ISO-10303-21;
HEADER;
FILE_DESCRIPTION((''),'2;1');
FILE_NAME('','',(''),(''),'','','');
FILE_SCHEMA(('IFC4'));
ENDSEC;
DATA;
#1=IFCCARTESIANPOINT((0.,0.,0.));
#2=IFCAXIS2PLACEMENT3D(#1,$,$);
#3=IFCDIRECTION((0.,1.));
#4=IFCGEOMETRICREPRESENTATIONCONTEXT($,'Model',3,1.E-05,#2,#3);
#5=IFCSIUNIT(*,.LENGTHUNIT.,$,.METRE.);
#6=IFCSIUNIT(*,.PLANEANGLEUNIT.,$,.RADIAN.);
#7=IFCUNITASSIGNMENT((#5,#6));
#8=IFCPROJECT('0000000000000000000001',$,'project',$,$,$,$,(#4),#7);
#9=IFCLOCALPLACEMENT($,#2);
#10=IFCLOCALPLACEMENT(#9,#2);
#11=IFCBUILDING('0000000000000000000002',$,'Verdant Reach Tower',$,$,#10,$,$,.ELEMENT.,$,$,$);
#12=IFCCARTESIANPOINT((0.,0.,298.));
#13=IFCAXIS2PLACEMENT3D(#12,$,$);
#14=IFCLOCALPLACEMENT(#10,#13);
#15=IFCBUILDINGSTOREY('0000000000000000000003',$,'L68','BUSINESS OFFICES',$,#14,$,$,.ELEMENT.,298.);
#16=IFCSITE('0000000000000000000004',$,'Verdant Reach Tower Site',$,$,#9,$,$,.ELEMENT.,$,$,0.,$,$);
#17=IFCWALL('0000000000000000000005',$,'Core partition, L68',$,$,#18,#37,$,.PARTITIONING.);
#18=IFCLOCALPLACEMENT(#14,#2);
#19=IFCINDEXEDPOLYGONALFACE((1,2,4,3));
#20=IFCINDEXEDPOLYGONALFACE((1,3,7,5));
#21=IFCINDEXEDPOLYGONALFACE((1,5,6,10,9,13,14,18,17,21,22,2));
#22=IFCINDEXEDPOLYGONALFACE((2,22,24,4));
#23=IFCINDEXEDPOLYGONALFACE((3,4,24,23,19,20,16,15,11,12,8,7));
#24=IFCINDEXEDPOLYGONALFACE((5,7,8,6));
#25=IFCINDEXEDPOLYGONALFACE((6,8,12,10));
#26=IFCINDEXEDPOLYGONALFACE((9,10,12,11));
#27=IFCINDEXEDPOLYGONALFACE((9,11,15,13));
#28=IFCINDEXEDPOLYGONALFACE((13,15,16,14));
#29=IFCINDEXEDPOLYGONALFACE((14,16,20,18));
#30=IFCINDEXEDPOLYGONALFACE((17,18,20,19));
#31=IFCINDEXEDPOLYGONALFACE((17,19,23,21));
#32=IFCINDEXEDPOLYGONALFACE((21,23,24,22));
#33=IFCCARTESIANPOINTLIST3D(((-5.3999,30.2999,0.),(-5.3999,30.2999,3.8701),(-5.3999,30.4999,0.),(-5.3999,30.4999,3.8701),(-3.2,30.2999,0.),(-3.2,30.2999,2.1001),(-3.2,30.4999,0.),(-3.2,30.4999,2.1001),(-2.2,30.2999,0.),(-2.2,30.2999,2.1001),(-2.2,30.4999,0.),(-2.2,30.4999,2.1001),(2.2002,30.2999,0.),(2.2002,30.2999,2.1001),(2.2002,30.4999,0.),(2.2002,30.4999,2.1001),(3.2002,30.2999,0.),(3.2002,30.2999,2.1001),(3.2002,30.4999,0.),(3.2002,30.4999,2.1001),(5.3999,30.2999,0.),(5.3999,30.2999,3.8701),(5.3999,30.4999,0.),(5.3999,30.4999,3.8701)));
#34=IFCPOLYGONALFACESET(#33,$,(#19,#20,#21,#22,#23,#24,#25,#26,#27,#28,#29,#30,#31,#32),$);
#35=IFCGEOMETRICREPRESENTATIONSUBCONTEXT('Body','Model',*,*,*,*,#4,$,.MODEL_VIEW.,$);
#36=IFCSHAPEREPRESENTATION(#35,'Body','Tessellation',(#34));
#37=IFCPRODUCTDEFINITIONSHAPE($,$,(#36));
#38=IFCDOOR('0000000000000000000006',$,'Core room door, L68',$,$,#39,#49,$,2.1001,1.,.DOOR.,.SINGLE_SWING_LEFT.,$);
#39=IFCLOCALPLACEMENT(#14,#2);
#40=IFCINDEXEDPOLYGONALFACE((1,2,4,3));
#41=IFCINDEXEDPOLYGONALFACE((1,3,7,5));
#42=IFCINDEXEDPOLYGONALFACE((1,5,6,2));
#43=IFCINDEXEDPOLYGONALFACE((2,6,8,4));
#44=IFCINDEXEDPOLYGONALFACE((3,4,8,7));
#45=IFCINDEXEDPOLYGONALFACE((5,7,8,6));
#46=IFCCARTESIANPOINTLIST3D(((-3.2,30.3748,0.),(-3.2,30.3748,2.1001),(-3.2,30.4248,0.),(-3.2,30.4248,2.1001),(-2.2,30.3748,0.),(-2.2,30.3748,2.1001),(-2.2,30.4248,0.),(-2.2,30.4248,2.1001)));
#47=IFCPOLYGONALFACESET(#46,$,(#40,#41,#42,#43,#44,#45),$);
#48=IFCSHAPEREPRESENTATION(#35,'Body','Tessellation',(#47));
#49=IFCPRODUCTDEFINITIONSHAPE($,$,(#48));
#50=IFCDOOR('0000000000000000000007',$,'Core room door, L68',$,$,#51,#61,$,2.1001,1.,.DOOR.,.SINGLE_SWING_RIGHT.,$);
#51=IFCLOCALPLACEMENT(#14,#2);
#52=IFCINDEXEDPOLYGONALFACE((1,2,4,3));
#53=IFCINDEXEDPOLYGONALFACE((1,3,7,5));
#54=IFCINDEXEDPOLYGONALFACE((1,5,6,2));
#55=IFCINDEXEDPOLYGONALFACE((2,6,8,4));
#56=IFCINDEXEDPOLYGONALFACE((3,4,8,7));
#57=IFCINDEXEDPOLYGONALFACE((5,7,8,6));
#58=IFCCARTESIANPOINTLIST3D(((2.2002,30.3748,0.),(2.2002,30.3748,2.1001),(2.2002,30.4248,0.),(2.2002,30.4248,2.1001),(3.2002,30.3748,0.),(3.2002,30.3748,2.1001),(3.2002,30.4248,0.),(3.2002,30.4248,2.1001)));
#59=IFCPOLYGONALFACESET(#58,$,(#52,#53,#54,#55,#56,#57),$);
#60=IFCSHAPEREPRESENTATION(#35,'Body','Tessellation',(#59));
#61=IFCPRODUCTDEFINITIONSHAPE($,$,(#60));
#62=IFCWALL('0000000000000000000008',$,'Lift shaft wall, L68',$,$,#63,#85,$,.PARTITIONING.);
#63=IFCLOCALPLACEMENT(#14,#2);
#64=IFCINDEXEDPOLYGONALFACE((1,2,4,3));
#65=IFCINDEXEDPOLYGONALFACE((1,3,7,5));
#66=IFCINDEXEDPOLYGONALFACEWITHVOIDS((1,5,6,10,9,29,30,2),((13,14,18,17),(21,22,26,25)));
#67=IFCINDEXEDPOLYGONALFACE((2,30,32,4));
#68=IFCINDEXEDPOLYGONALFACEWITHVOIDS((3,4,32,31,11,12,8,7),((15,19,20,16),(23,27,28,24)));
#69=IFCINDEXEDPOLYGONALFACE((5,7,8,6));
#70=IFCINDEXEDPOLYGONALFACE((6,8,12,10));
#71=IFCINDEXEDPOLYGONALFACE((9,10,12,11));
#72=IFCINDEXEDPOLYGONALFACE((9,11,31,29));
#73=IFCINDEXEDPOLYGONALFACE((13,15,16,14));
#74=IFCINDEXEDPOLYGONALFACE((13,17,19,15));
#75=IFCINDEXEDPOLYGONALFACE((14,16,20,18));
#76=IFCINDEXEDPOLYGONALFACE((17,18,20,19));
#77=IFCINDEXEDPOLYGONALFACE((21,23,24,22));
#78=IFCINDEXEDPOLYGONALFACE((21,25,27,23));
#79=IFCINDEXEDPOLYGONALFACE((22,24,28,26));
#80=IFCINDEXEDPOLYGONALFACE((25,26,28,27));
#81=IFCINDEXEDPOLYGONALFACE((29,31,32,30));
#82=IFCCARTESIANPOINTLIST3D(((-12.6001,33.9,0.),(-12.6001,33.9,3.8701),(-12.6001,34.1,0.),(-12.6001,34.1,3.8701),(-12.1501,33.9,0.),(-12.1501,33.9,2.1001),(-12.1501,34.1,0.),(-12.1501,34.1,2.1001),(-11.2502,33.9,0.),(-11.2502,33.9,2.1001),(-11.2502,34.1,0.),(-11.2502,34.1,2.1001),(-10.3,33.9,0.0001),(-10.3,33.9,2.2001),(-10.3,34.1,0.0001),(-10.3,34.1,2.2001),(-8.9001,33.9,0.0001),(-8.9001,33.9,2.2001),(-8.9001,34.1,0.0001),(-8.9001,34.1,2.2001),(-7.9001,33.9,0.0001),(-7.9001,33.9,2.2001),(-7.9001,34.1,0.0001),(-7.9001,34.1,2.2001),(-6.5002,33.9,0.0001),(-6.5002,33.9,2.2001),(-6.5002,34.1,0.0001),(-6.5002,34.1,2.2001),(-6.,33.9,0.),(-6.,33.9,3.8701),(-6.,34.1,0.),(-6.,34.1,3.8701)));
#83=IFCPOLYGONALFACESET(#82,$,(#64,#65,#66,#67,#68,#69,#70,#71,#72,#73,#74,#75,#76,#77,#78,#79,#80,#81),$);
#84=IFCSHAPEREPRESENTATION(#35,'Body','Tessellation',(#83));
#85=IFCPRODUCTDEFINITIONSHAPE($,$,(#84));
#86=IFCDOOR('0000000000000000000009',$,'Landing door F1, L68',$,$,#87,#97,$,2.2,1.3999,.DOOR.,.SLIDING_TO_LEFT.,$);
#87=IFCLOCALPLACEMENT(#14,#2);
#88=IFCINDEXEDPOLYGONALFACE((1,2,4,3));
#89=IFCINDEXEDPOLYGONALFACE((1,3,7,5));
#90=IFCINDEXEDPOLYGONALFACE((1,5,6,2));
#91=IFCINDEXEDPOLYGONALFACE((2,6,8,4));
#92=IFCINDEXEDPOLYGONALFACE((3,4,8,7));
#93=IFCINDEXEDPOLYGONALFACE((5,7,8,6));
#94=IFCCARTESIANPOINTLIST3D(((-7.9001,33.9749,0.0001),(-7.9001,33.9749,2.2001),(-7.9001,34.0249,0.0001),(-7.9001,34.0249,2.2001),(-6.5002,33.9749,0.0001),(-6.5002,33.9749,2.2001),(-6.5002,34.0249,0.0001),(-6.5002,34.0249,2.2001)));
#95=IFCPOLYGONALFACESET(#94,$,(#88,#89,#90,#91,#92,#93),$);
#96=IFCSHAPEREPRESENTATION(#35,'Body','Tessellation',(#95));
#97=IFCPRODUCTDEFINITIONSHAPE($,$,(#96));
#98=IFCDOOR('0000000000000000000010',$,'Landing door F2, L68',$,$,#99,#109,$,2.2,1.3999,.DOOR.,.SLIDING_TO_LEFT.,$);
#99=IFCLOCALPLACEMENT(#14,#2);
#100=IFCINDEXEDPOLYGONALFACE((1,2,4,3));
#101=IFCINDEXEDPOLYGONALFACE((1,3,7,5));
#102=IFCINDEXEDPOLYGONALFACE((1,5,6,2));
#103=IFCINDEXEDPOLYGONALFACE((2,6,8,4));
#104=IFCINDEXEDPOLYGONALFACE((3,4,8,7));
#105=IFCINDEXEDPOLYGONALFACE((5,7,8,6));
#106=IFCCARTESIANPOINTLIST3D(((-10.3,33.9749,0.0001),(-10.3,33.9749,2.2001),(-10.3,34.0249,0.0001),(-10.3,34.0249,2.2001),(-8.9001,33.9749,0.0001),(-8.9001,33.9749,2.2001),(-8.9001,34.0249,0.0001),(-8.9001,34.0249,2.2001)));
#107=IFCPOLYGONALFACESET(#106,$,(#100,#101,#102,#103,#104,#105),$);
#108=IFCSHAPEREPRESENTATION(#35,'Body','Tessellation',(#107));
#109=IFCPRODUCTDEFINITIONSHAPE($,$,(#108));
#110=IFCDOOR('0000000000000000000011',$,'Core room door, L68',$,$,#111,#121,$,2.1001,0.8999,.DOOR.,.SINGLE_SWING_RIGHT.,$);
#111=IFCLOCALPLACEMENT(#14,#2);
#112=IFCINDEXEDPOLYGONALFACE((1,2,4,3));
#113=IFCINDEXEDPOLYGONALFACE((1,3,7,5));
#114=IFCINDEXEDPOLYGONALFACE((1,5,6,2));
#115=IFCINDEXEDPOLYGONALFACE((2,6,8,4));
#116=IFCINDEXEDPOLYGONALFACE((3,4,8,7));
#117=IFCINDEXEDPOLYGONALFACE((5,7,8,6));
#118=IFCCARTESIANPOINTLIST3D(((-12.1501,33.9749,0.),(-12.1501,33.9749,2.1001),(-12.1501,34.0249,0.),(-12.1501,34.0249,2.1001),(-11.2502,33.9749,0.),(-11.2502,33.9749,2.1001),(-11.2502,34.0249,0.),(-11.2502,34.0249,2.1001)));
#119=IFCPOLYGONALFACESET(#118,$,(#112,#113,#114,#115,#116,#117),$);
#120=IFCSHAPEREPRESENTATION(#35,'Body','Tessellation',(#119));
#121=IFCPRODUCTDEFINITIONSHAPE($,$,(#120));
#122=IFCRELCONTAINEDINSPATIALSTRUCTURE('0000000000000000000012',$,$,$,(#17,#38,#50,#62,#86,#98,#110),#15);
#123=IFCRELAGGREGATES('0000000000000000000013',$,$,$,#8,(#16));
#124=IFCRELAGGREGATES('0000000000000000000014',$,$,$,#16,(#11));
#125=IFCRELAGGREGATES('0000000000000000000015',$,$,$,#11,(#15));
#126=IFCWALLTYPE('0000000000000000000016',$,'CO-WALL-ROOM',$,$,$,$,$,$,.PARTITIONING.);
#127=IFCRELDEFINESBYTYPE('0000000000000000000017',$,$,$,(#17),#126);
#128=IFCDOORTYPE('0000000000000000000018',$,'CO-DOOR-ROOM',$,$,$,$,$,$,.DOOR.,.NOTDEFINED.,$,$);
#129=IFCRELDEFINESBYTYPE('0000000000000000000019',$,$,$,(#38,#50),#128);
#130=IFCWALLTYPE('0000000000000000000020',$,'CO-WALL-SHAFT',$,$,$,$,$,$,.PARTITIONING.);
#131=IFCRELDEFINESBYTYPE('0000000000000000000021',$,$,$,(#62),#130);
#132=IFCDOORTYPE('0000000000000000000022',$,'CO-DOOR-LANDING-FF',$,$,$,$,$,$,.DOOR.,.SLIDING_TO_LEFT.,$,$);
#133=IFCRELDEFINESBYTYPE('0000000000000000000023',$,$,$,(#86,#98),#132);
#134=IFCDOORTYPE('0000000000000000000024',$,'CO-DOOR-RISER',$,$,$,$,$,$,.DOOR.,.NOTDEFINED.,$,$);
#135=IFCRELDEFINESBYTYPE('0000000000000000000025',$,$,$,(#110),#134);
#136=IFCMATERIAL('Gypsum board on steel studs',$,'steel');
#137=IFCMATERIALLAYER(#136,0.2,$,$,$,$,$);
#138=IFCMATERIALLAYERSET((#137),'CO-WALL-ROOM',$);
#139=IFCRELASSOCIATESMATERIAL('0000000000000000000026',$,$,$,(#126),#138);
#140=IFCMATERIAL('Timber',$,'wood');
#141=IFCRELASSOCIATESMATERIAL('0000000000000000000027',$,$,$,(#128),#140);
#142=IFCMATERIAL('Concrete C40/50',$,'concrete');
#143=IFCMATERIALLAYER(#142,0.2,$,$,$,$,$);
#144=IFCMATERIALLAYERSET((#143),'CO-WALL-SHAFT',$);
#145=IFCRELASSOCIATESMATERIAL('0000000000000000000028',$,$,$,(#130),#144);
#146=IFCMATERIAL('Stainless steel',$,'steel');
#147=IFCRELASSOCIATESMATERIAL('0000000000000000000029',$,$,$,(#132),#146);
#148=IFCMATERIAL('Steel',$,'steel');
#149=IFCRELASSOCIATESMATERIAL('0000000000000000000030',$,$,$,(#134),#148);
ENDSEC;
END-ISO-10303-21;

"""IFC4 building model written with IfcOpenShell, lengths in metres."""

from ifc_helpers import new_model, si_unit, direction, frame, frame_2d, origin, place, context, subcontext, project, spatial, rectangle, extrude, material, layer, layer_set, type_object, element, fill, save


model = new_model("IFC4")

# Units and contexts
model_context = context("Model", 3, precision=1e-05, world=origin(), true_north=direction((0.0, 1.0)))
body_context = subcontext(model_context, "Body", "Model", "MODEL_VIEW")
ifc_project = project(units=[si_unit("LENGTHUNIT", "METRE"), si_unit("PLANEANGLEUNIT", "RADIAN")], contexts=[model_context])

# Site, building, storey
site_placement = place(None, origin())
site = spatial("IfcSite", under=ifc_project, at=site_placement, Name="Verdant Reach Tower Site", CompositionType="ELEMENT", RefElevation=0.0)
building_placement = place(site_placement, origin())
building = spatial("IfcBuilding", under=site, at=building_placement, Name="Verdant Reach Tower", CompositionType="ELEMENT")
storey_placement = place(building_placement, frame((0.0, 0.0, 298.0)))
storey = spatial("IfcBuildingStorey", under=building, at=storey_placement, Name="L68", Description="BUSINESS OFFICES", CompositionType="ELEMENT", Elevation=298.0)

# Walls, openings, doors
ifc_material_1 = material(Name="Gypsum board on steel studs", Category="steel")
ifc_layer_1 = layer(ifc_material_1, 0.2)
ifc_layer_set_1 = layer_set([ifc_layer_1], Name="CO-WALL-ROOM")
wall_type_1 = type_object("IfcWallType", Name="CO-WALL-ROOM", PredefinedType="PARTITIONING", material=ifc_layer_set_1)
wall_1_placement = place(storey_placement, frame((-5.3999, 30.3999, 0.0), z_axis=(0.0, 0.0, 1.0), x_axis=(1.0, 0.0, 0.0)))
wall_1 = element("IfcWall", 1, at=wall_1_placement, inside=storey, type_object=wall_type_1, Name="Core partition, L68", PredefinedType="PARTITIONING", context=body_context, shape_type="SweptSolid", body=[
    extrude(rectangle(XDim=10.7998, YDim=0.2, at=frame_2d((5.3999, 0.0))), origin(), (0.0, 0.0, 1.0), 3.8701),
])
opening_1_placement = place(wall_1_placement, frame((2.2, 0.0, 0.0)))
opening_1 = element("IfcOpeningElement", 2, at=opening_1_placement, cuts=wall_1, PredefinedType="OPENING", context=body_context, shape_type="SweptSolid", body=[
    extrude(rectangle(XDim=1.0, YDim=2.1001, at=frame_2d((0.5, 1.05))), frame((0.0, 0.1099, 0.0), z_axis=(0.0, -1.0, 0.0), x_axis=(1.0, 0.0, 0.0)), (0.0, 0.0, 1.0), 0.22),
])
opening_2_placement = place(wall_1_placement, frame((7.6001, 0.0, 0.0)))
opening_2 = element("IfcOpeningElement", 3, at=opening_2_placement, cuts=wall_1, PredefinedType="OPENING", context=body_context, shape_type="SweptSolid", body=[
    extrude(rectangle(XDim=1.0, YDim=2.1001, at=frame_2d((0.5, 1.05))), frame((0.0, 0.1099, 0.0), z_axis=(0.0, -1.0, 0.0), x_axis=(1.0, 0.0, 0.0)), (0.0, 0.0, 1.0), 0.22),
])
ifc_material_2 = material(Name="Timber", Category="wood")
door_type_1 = type_object("IfcDoorType", Name="CO-DOOR-ROOM", OperationType="NOTDEFINED", PredefinedType="DOOR", material=ifc_material_2)
door_1_placement = place(opening_1_placement, origin())
door_1 = element("IfcDoor", 4, at=door_1_placement, inside=storey, type_object=door_type_1, Name="Core room door, L68", OperationType="SINGLE_SWING_LEFT", OverallHeight=2.1001, OverallWidth=1.0, PredefinedType="DOOR", context=body_context, shape_type="SweptSolid", body=[
    extrude(rectangle(XDim=1.0, YDim=2.1001, at=frame_2d((0.5, 1.05))), frame((0.0, 0.0249, 0.0), z_axis=(0.0, -1.0, 0.0), x_axis=(1.0, 0.0, 0.0)), (0.0, 0.0, 1.0), 0.05),
])
fill(opening_1, door_1)
door_2_placement = place(opening_2_placement, origin())
door_2 = element("IfcDoor", 5, at=door_2_placement, inside=storey, type_object=door_type_1, Name="Core room door, L68", OperationType="SINGLE_SWING_RIGHT", OverallHeight=2.1001, OverallWidth=1.0, PredefinedType="DOOR", context=body_context, shape_type="SweptSolid", body=[
    extrude(rectangle(XDim=1.0, YDim=2.1001, at=frame_2d((0.5, 1.05))), frame((0.0, 0.0249, 0.0), z_axis=(0.0, -1.0, 0.0), x_axis=(1.0, 0.0, 0.0)), (0.0, 0.0, 1.0), 0.05),
])
fill(opening_2, door_2)
ifc_material_3 = material(Name="Concrete C40/50", Category="concrete")
ifc_layer_2 = layer(ifc_material_3, 0.2)
ifc_layer_set_2 = layer_set([ifc_layer_2], Name="CO-WALL-SHAFT")
wall_type_2 = type_object("IfcWallType", Name="CO-WALL-SHAFT", PredefinedType="PARTITIONING", material=ifc_layer_set_2)
wall_2_placement = place(storey_placement, frame((-12.6001, 34.0, 0.0), z_axis=(0.0, 0.0, 1.0), x_axis=(1.0, 0.0, 0.0)))
wall_2 = element("IfcWall", 6, at=wall_2_placement, inside=storey, type_object=wall_type_2, Name="Lift shaft wall, L68", PredefinedType="PARTITIONING", context=body_context, shape_type="SweptSolid", body=[
    extrude(rectangle(XDim=6.6001, YDim=0.2, at=frame_2d((3.3, 0.0))), origin(), (0.0, 0.0, 1.0), 3.8701),
])
opening_3_placement = place(wall_2_placement, frame((4.7, 0.0, 0.0)))
opening_3 = element("IfcOpeningElement", 7, at=opening_3_placement, cuts=wall_2, PredefinedType="OPENING", context=body_context, shape_type="SweptSolid", body=[
    extrude(rectangle(XDim=1.3999, YDim=2.2, at=frame_2d((0.7, 1.1001))), frame((0.0, 0.1099, 0.0), z_axis=(0.0, -1.0, 0.0), x_axis=(1.0, 0.0, 0.0)), (0.0, 0.0, 1.0), 0.22),
])
opening_4_placement = place(wall_2_placement, frame((2.3, 0.0, 0.0)))
opening_4 = element("IfcOpeningElement", 8, at=opening_4_placement, cuts=wall_2, PredefinedType="OPENING", context=body_context, shape_type="SweptSolid", body=[
    extrude(rectangle(XDim=1.3999, YDim=2.2, at=frame_2d((0.7, 1.1001))), frame((0.0, 0.1099, 0.0), z_axis=(0.0, -1.0, 0.0), x_axis=(1.0, 0.0, 0.0)), (0.0, 0.0, 1.0), 0.22),
])
opening_5_placement = place(wall_2_placement, frame((0.45, 0.0, 0.0)))
opening_5 = element("IfcOpeningElement", 9, at=opening_5_placement, cuts=wall_2, PredefinedType="OPENING", context=body_context, shape_type="SweptSolid", body=[
    extrude(rectangle(XDim=0.8999, YDim=2.1001, at=frame_2d((0.45, 1.05))), frame((0.0, 0.1099, 0.0), z_axis=(0.0, -1.0, 0.0), x_axis=(1.0, 0.0, 0.0)), (0.0, 0.0, 1.0), 0.22),
])
ifc_material_4 = material(Name="Stainless steel", Category="steel")
door_type_2 = type_object("IfcDoorType", Name="CO-DOOR-LANDING-FF", OperationType="SLIDING_TO_LEFT", PredefinedType="DOOR", material=ifc_material_4)
door_3_placement = place(opening_3_placement, origin())
door_3 = element("IfcDoor", 10, at=door_3_placement, inside=storey, type_object=door_type_2, Name="Landing door F1, L68", OperationType="SLIDING_TO_LEFT", OverallHeight=2.2, OverallWidth=1.3999, PredefinedType="DOOR", context=body_context, shape_type="SweptSolid", body=[
    extrude(rectangle(XDim=1.3999, YDim=2.2, at=frame_2d((0.7, 1.1001))), frame((0.0, 0.0249, 0.0), z_axis=(0.0, -1.0, 0.0), x_axis=(1.0, 0.0, 0.0)), (0.0, 0.0, 1.0), 0.05),
])
fill(opening_3, door_3)
door_4_placement = place(opening_4_placement, origin())
door_4 = element("IfcDoor", 11, at=door_4_placement, inside=storey, type_object=door_type_2, Name="Landing door F2, L68", OperationType="SLIDING_TO_LEFT", OverallHeight=2.2, OverallWidth=1.3999, PredefinedType="DOOR", context=body_context, shape_type="SweptSolid", body=[
    extrude(rectangle(XDim=1.3999, YDim=2.2, at=frame_2d((0.7, 1.1001))), frame((0.0, 0.0249, 0.0), z_axis=(0.0, -1.0, 0.0), x_axis=(1.0, 0.0, 0.0)), (0.0, 0.0, 1.0), 0.05),
])
fill(opening_4, door_4)
ifc_material_5 = material(Name="Steel", Category="steel")
door_type_3 = type_object("IfcDoorType", Name="CO-DOOR-RISER", OperationType="NOTDEFINED", PredefinedType="DOOR", material=ifc_material_5)
door_5_placement = place(opening_5_placement, origin())
door_5 = element("IfcDoor", 12, at=door_5_placement, inside=storey, type_object=door_type_3, Name="Core room door, L68", OperationType="SINGLE_SWING_RIGHT", OverallHeight=2.1001, OverallWidth=0.8999, PredefinedType="DOOR", context=body_context, shape_type="SweptSolid", body=[
    extrude(rectangle(XDim=0.8999, YDim=2.1001, at=frame_2d((0.45, 1.05))), frame((0.0, 0.0249, 0.0), z_axis=(0.0, -1.0, 0.0), x_axis=(1.0, 0.0, 0.0)), (0.0, 0.0, 1.0), 0.05),
])
fill(opening_5, door_5)

save(model, "model.ifc")
